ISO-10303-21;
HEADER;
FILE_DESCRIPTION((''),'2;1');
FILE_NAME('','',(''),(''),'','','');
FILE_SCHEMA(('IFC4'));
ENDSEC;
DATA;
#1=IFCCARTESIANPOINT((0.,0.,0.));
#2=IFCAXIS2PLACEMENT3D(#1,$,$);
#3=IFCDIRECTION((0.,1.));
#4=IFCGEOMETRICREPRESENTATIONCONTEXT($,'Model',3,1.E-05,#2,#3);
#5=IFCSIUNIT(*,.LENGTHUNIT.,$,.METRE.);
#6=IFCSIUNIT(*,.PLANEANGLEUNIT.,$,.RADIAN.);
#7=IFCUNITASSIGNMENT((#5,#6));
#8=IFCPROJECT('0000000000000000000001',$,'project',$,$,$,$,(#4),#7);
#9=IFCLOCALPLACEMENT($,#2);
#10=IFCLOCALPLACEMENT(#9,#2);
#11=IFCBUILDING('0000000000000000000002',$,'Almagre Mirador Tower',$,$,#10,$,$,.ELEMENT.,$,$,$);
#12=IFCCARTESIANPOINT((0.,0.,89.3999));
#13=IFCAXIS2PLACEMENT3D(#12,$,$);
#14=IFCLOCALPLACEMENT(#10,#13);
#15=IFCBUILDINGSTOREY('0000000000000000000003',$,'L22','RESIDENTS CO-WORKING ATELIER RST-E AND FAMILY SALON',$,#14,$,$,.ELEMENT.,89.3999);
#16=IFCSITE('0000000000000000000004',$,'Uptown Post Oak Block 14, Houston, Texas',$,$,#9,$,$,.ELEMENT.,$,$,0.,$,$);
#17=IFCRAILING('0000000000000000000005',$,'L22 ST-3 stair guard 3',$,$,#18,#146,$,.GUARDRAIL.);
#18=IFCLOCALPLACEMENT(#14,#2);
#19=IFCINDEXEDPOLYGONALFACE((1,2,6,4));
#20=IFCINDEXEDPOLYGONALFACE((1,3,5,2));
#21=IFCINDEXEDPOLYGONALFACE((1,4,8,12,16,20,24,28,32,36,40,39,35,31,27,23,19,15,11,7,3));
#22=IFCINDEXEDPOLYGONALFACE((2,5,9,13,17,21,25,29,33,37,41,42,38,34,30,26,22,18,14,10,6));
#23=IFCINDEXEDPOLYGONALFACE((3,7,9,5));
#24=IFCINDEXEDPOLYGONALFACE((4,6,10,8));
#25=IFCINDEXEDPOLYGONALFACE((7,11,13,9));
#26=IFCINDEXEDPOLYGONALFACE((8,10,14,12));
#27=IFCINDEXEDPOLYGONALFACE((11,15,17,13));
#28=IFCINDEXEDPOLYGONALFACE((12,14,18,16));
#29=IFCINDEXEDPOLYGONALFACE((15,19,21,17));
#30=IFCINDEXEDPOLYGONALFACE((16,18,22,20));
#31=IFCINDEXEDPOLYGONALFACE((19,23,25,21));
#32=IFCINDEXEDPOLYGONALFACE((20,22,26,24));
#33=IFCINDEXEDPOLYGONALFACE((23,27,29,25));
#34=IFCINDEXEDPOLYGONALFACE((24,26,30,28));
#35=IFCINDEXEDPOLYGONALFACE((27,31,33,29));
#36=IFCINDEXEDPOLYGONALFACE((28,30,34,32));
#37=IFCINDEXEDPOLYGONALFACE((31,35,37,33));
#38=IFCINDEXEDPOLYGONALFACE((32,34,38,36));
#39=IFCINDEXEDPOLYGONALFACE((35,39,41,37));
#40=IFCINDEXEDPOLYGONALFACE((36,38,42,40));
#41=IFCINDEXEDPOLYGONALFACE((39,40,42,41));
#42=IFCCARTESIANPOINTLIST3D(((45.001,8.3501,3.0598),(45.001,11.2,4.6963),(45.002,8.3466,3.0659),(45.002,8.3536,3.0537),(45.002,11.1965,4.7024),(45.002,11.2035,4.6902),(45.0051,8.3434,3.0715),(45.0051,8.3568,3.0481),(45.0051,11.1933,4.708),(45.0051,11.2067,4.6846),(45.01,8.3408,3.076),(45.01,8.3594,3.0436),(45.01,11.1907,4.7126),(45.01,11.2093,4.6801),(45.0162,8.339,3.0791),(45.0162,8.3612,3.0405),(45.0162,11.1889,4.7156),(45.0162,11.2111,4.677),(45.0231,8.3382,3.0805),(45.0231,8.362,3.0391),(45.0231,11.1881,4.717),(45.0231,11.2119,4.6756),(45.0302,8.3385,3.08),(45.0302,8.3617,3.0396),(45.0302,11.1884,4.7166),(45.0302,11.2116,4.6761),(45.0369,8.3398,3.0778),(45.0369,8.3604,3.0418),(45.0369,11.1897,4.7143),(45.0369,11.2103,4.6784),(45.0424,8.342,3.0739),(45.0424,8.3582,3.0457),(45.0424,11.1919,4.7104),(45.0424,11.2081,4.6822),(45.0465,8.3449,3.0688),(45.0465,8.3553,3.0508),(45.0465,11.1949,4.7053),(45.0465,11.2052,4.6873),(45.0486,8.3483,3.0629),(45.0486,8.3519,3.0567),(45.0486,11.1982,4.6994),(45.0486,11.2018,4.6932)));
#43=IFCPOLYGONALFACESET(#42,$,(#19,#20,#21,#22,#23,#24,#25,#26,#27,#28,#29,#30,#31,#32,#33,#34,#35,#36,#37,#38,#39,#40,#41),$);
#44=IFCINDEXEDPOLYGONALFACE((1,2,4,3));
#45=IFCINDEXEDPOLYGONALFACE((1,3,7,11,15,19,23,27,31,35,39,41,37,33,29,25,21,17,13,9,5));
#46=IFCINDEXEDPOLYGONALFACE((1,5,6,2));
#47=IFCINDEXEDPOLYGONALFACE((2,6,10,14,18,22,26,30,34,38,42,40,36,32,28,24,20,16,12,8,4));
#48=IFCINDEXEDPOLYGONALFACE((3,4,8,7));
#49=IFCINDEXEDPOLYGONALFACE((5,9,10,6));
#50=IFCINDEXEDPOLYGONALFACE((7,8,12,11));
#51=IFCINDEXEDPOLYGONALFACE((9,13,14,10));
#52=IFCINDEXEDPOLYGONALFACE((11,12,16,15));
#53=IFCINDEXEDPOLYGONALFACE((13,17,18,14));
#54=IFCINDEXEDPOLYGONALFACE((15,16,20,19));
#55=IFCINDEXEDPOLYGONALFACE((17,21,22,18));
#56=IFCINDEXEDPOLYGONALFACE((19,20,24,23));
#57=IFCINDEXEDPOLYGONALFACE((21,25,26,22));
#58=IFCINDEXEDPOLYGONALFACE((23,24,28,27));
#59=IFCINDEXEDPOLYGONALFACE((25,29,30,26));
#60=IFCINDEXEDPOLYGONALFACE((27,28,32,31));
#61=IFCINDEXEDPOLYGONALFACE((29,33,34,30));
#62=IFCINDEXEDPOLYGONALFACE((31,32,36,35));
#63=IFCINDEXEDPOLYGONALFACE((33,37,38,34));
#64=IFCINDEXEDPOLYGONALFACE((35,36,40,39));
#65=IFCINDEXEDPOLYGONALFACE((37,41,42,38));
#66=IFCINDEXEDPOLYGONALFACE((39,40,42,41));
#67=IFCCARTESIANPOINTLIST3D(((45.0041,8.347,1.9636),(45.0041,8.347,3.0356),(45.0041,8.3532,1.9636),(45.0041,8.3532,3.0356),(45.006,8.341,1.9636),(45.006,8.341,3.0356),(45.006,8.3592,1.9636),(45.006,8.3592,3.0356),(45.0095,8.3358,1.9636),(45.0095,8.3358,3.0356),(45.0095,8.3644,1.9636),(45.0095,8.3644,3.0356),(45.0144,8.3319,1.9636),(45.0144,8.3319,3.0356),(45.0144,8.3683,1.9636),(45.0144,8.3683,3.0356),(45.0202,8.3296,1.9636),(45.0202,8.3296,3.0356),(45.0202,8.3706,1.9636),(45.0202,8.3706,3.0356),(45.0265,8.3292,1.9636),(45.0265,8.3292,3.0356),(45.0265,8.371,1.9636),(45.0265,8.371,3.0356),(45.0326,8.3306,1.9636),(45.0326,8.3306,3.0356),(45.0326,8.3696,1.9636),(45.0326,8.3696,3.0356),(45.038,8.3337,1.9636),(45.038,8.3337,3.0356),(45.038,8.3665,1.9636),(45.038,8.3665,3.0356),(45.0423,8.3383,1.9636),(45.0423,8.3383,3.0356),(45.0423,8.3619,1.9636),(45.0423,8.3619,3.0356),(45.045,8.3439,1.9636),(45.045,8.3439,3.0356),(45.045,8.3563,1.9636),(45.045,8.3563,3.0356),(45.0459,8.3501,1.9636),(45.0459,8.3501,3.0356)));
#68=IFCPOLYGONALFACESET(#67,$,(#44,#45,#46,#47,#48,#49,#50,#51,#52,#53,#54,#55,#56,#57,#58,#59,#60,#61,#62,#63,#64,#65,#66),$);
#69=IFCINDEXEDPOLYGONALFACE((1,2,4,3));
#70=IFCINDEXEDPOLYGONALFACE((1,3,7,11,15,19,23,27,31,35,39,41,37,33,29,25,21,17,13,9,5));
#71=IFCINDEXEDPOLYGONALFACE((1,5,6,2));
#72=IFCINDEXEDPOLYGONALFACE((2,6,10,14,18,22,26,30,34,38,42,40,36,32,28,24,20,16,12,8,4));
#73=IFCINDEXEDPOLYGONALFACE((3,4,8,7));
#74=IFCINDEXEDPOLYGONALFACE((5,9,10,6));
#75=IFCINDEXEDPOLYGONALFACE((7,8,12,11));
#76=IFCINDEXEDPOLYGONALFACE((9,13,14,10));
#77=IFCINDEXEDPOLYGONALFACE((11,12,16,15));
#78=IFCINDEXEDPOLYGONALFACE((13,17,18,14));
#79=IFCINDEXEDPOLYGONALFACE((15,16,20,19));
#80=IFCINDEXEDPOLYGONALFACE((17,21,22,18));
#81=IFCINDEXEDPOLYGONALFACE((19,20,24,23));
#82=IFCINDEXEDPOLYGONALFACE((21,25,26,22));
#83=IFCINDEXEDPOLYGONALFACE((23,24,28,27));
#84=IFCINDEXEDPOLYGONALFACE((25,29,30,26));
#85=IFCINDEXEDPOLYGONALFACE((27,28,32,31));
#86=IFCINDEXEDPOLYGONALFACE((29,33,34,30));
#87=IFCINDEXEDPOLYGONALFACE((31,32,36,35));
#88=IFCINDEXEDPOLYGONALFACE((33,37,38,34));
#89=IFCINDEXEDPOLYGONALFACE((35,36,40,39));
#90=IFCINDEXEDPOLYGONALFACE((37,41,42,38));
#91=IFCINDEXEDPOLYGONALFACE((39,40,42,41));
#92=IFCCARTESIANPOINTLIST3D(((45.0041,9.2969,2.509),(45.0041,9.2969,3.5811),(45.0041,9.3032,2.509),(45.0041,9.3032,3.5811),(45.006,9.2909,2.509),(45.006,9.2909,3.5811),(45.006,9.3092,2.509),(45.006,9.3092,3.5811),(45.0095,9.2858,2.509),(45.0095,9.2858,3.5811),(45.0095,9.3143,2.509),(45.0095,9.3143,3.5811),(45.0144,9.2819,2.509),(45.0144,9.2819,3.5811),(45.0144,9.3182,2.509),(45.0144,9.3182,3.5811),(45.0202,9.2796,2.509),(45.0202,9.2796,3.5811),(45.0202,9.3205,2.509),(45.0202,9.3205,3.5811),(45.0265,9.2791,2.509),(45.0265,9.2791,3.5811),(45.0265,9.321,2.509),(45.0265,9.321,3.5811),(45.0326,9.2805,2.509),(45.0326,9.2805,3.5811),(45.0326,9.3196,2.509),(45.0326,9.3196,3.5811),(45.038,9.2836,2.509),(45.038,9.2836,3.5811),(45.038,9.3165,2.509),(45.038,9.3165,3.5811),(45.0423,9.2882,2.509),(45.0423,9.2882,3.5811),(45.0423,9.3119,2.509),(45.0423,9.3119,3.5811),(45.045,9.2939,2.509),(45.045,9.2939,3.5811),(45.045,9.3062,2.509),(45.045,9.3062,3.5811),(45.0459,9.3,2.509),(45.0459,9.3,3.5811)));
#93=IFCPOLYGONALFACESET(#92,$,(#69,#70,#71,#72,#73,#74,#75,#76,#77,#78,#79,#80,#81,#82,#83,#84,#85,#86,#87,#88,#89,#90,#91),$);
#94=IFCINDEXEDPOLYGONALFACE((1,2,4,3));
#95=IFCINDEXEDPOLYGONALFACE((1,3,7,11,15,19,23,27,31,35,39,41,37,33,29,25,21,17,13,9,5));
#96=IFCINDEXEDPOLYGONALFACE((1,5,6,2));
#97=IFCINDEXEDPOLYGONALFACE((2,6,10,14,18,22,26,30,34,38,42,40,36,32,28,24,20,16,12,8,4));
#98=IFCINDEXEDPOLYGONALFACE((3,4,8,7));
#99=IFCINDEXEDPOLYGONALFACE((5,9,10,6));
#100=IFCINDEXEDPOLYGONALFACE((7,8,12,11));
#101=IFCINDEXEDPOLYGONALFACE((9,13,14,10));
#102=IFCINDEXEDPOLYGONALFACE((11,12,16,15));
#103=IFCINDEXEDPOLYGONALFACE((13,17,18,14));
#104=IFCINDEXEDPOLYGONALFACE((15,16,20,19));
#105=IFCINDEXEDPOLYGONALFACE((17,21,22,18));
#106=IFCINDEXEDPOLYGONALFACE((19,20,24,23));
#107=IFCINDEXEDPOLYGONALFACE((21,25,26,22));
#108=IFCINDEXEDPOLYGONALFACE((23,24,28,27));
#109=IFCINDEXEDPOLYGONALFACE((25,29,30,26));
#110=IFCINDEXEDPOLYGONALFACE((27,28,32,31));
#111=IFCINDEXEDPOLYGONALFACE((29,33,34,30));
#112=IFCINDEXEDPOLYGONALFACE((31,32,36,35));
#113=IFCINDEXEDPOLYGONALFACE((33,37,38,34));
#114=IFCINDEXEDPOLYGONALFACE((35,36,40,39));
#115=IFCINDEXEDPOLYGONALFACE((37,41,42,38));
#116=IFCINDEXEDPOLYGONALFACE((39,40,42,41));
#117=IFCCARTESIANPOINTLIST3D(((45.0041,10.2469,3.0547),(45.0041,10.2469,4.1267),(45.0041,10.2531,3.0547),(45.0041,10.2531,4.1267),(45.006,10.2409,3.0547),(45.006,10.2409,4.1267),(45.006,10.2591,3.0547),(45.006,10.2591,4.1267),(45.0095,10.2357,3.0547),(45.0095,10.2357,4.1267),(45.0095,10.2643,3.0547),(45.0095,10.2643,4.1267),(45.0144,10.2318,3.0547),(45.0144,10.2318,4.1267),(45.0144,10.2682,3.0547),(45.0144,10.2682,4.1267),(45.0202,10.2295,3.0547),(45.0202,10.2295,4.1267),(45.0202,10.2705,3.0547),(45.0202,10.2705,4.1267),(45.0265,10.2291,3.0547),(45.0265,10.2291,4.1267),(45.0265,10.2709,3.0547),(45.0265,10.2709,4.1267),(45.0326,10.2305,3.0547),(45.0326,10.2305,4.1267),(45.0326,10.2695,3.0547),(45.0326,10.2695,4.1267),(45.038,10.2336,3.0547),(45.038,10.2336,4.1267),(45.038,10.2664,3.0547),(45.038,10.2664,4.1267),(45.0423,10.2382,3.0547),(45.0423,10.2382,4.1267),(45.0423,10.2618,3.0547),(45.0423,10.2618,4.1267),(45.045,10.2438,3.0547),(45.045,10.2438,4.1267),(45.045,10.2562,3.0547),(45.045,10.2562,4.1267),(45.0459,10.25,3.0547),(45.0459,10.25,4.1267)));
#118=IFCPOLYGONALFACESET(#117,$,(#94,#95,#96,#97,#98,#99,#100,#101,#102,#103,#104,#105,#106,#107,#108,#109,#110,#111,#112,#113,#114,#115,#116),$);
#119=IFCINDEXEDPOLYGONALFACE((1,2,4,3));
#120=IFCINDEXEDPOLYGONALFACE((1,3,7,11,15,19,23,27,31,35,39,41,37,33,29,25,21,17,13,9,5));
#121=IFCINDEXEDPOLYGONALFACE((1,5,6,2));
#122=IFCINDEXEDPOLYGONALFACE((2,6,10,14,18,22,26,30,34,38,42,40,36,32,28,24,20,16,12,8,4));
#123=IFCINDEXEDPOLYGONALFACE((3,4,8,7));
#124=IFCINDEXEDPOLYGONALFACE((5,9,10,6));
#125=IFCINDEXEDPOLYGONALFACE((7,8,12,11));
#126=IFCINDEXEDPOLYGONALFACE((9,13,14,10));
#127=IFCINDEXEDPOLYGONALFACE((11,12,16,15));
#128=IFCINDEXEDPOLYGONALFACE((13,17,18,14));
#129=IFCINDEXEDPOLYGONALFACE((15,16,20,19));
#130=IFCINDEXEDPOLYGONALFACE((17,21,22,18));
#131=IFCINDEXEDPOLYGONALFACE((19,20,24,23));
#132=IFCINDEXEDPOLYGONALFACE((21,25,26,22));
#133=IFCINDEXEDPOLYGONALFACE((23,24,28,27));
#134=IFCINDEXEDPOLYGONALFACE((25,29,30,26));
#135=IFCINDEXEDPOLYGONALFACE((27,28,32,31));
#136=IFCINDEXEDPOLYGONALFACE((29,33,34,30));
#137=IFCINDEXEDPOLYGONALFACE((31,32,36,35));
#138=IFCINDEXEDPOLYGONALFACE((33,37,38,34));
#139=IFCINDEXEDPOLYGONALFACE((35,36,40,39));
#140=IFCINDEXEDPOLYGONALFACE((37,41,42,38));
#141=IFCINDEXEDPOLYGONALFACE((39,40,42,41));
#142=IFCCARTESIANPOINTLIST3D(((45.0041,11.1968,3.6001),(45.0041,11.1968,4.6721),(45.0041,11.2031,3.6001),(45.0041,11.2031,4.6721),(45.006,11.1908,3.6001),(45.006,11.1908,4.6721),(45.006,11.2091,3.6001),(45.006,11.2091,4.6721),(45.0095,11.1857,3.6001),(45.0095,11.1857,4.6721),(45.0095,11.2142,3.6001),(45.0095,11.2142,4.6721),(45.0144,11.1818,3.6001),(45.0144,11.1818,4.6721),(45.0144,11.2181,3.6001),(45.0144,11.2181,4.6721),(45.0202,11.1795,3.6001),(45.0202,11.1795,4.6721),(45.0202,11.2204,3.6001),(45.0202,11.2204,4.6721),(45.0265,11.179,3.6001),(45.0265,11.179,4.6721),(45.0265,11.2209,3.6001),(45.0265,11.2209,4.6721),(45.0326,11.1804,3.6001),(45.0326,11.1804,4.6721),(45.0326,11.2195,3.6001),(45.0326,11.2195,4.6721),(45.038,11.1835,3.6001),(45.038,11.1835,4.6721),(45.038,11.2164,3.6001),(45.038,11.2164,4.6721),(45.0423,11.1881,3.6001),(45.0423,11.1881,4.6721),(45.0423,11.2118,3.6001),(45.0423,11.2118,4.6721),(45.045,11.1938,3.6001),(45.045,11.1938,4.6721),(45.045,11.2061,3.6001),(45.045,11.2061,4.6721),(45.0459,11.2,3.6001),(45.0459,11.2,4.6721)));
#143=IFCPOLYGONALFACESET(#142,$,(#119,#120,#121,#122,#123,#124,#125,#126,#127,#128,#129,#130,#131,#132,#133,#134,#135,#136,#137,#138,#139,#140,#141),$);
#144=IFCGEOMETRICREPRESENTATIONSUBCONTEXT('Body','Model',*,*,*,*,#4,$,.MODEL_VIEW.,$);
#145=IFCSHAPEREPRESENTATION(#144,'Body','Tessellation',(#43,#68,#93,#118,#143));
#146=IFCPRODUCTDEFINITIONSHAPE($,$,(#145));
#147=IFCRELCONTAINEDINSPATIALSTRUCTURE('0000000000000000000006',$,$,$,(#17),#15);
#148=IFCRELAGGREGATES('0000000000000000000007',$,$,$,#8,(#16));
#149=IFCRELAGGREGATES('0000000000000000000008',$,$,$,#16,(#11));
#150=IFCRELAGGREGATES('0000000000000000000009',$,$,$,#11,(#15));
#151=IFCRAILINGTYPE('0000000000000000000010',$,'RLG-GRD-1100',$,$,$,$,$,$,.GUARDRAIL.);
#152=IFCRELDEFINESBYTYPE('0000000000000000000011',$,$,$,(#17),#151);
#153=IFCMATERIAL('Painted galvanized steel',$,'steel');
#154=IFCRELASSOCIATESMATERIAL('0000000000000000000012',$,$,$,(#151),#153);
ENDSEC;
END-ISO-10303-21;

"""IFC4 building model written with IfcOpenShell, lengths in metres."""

from ifc_helpers import new_model, si_unit, direction, frame, origin, origin_2d, place, context, subcontext, project, spatial, circle, extrude, material, type_object, element, save


model = new_model("IFC4")

# Units and contexts
model_context = context("Model", 3, precision=1e-05, world=origin(), true_north=direction((0.0, 1.0)))
body_context = subcontext(model_context, "Body", "Model", "MODEL_VIEW")
ifc_project = project(units=[si_unit("LENGTHUNIT", "METRE"), si_unit("PLANEANGLEUNIT", "RADIAN")], contexts=[model_context])

# Site, building, storey
site_placement = place(None, origin())
site = spatial("IfcSite", under=ifc_project, at=site_placement, Name="Uptown Post Oak Block 14, Houston, Texas", CompositionType="ELEMENT", RefElevation=0.0)
building_placement = place(site_placement, origin())
building = spatial("IfcBuilding", under=site, at=building_placement, Name="Almagre Mirador Tower", CompositionType="ELEMENT")
storey_placement = place(building_placement, frame((0.0, 0.0, 89.3999)))
storey = spatial("IfcBuildingStorey", under=building, at=storey_placement, Name="L22", Description="RESIDENTS CO-WORKING ATELIER RST-E AND FAMILY SALON", CompositionType="ELEMENT", Elevation=89.3999)

# Railing
ifc_material_1 = material(Name="Painted galvanized steel", Category="steel")
railing_type_1 = type_object("IfcRailingType", Name="RLG-GRD-1100", PredefinedType="GUARDRAIL", material=ifc_material_1)
railing_1_placement = place(storey_placement, frame((45.0249, 8.3501, 1.9636)))
element("IfcRailing", 1, at=railing_1_placement, inside=storey, type_object=railing_type_1, Name="L22 ST-3 stair guard 3", PredefinedType="GUARDRAIL", context=body_context, shape_type="SweptSolid", body=[
    extrude(circle(Radius=0.0239, at=origin_2d()), frame((0.0, 0.0, 1.0962), z_axis=(0.0, 0.867194, 0.49797), x_axis=(-1.0, 0.0, 0.0)), (0.0, 0.0, 1.0), 3.2864),
    extrude(circle(Radius=0.021, at=origin_2d()), origin(), (0.0, 0.0, 1.0), 1.072),
    extrude(circle(Radius=0.021, at=origin_2d()), frame((0.0, 0.95, 0.5454)), (0.0, 0.0, 1.0), 1.072),
    extrude(circle(Radius=0.021, at=origin_2d()), frame((0.0, 1.8999, 1.0911)), (0.0, 0.0, 1.0), 1.072),
    extrude(circle(Radius=0.021, at=origin_2d()), frame((0.0, 2.8499, 1.6365)), (0.0, 0.0, 1.0), 1.072),
])

save(model, "model.ifc")
